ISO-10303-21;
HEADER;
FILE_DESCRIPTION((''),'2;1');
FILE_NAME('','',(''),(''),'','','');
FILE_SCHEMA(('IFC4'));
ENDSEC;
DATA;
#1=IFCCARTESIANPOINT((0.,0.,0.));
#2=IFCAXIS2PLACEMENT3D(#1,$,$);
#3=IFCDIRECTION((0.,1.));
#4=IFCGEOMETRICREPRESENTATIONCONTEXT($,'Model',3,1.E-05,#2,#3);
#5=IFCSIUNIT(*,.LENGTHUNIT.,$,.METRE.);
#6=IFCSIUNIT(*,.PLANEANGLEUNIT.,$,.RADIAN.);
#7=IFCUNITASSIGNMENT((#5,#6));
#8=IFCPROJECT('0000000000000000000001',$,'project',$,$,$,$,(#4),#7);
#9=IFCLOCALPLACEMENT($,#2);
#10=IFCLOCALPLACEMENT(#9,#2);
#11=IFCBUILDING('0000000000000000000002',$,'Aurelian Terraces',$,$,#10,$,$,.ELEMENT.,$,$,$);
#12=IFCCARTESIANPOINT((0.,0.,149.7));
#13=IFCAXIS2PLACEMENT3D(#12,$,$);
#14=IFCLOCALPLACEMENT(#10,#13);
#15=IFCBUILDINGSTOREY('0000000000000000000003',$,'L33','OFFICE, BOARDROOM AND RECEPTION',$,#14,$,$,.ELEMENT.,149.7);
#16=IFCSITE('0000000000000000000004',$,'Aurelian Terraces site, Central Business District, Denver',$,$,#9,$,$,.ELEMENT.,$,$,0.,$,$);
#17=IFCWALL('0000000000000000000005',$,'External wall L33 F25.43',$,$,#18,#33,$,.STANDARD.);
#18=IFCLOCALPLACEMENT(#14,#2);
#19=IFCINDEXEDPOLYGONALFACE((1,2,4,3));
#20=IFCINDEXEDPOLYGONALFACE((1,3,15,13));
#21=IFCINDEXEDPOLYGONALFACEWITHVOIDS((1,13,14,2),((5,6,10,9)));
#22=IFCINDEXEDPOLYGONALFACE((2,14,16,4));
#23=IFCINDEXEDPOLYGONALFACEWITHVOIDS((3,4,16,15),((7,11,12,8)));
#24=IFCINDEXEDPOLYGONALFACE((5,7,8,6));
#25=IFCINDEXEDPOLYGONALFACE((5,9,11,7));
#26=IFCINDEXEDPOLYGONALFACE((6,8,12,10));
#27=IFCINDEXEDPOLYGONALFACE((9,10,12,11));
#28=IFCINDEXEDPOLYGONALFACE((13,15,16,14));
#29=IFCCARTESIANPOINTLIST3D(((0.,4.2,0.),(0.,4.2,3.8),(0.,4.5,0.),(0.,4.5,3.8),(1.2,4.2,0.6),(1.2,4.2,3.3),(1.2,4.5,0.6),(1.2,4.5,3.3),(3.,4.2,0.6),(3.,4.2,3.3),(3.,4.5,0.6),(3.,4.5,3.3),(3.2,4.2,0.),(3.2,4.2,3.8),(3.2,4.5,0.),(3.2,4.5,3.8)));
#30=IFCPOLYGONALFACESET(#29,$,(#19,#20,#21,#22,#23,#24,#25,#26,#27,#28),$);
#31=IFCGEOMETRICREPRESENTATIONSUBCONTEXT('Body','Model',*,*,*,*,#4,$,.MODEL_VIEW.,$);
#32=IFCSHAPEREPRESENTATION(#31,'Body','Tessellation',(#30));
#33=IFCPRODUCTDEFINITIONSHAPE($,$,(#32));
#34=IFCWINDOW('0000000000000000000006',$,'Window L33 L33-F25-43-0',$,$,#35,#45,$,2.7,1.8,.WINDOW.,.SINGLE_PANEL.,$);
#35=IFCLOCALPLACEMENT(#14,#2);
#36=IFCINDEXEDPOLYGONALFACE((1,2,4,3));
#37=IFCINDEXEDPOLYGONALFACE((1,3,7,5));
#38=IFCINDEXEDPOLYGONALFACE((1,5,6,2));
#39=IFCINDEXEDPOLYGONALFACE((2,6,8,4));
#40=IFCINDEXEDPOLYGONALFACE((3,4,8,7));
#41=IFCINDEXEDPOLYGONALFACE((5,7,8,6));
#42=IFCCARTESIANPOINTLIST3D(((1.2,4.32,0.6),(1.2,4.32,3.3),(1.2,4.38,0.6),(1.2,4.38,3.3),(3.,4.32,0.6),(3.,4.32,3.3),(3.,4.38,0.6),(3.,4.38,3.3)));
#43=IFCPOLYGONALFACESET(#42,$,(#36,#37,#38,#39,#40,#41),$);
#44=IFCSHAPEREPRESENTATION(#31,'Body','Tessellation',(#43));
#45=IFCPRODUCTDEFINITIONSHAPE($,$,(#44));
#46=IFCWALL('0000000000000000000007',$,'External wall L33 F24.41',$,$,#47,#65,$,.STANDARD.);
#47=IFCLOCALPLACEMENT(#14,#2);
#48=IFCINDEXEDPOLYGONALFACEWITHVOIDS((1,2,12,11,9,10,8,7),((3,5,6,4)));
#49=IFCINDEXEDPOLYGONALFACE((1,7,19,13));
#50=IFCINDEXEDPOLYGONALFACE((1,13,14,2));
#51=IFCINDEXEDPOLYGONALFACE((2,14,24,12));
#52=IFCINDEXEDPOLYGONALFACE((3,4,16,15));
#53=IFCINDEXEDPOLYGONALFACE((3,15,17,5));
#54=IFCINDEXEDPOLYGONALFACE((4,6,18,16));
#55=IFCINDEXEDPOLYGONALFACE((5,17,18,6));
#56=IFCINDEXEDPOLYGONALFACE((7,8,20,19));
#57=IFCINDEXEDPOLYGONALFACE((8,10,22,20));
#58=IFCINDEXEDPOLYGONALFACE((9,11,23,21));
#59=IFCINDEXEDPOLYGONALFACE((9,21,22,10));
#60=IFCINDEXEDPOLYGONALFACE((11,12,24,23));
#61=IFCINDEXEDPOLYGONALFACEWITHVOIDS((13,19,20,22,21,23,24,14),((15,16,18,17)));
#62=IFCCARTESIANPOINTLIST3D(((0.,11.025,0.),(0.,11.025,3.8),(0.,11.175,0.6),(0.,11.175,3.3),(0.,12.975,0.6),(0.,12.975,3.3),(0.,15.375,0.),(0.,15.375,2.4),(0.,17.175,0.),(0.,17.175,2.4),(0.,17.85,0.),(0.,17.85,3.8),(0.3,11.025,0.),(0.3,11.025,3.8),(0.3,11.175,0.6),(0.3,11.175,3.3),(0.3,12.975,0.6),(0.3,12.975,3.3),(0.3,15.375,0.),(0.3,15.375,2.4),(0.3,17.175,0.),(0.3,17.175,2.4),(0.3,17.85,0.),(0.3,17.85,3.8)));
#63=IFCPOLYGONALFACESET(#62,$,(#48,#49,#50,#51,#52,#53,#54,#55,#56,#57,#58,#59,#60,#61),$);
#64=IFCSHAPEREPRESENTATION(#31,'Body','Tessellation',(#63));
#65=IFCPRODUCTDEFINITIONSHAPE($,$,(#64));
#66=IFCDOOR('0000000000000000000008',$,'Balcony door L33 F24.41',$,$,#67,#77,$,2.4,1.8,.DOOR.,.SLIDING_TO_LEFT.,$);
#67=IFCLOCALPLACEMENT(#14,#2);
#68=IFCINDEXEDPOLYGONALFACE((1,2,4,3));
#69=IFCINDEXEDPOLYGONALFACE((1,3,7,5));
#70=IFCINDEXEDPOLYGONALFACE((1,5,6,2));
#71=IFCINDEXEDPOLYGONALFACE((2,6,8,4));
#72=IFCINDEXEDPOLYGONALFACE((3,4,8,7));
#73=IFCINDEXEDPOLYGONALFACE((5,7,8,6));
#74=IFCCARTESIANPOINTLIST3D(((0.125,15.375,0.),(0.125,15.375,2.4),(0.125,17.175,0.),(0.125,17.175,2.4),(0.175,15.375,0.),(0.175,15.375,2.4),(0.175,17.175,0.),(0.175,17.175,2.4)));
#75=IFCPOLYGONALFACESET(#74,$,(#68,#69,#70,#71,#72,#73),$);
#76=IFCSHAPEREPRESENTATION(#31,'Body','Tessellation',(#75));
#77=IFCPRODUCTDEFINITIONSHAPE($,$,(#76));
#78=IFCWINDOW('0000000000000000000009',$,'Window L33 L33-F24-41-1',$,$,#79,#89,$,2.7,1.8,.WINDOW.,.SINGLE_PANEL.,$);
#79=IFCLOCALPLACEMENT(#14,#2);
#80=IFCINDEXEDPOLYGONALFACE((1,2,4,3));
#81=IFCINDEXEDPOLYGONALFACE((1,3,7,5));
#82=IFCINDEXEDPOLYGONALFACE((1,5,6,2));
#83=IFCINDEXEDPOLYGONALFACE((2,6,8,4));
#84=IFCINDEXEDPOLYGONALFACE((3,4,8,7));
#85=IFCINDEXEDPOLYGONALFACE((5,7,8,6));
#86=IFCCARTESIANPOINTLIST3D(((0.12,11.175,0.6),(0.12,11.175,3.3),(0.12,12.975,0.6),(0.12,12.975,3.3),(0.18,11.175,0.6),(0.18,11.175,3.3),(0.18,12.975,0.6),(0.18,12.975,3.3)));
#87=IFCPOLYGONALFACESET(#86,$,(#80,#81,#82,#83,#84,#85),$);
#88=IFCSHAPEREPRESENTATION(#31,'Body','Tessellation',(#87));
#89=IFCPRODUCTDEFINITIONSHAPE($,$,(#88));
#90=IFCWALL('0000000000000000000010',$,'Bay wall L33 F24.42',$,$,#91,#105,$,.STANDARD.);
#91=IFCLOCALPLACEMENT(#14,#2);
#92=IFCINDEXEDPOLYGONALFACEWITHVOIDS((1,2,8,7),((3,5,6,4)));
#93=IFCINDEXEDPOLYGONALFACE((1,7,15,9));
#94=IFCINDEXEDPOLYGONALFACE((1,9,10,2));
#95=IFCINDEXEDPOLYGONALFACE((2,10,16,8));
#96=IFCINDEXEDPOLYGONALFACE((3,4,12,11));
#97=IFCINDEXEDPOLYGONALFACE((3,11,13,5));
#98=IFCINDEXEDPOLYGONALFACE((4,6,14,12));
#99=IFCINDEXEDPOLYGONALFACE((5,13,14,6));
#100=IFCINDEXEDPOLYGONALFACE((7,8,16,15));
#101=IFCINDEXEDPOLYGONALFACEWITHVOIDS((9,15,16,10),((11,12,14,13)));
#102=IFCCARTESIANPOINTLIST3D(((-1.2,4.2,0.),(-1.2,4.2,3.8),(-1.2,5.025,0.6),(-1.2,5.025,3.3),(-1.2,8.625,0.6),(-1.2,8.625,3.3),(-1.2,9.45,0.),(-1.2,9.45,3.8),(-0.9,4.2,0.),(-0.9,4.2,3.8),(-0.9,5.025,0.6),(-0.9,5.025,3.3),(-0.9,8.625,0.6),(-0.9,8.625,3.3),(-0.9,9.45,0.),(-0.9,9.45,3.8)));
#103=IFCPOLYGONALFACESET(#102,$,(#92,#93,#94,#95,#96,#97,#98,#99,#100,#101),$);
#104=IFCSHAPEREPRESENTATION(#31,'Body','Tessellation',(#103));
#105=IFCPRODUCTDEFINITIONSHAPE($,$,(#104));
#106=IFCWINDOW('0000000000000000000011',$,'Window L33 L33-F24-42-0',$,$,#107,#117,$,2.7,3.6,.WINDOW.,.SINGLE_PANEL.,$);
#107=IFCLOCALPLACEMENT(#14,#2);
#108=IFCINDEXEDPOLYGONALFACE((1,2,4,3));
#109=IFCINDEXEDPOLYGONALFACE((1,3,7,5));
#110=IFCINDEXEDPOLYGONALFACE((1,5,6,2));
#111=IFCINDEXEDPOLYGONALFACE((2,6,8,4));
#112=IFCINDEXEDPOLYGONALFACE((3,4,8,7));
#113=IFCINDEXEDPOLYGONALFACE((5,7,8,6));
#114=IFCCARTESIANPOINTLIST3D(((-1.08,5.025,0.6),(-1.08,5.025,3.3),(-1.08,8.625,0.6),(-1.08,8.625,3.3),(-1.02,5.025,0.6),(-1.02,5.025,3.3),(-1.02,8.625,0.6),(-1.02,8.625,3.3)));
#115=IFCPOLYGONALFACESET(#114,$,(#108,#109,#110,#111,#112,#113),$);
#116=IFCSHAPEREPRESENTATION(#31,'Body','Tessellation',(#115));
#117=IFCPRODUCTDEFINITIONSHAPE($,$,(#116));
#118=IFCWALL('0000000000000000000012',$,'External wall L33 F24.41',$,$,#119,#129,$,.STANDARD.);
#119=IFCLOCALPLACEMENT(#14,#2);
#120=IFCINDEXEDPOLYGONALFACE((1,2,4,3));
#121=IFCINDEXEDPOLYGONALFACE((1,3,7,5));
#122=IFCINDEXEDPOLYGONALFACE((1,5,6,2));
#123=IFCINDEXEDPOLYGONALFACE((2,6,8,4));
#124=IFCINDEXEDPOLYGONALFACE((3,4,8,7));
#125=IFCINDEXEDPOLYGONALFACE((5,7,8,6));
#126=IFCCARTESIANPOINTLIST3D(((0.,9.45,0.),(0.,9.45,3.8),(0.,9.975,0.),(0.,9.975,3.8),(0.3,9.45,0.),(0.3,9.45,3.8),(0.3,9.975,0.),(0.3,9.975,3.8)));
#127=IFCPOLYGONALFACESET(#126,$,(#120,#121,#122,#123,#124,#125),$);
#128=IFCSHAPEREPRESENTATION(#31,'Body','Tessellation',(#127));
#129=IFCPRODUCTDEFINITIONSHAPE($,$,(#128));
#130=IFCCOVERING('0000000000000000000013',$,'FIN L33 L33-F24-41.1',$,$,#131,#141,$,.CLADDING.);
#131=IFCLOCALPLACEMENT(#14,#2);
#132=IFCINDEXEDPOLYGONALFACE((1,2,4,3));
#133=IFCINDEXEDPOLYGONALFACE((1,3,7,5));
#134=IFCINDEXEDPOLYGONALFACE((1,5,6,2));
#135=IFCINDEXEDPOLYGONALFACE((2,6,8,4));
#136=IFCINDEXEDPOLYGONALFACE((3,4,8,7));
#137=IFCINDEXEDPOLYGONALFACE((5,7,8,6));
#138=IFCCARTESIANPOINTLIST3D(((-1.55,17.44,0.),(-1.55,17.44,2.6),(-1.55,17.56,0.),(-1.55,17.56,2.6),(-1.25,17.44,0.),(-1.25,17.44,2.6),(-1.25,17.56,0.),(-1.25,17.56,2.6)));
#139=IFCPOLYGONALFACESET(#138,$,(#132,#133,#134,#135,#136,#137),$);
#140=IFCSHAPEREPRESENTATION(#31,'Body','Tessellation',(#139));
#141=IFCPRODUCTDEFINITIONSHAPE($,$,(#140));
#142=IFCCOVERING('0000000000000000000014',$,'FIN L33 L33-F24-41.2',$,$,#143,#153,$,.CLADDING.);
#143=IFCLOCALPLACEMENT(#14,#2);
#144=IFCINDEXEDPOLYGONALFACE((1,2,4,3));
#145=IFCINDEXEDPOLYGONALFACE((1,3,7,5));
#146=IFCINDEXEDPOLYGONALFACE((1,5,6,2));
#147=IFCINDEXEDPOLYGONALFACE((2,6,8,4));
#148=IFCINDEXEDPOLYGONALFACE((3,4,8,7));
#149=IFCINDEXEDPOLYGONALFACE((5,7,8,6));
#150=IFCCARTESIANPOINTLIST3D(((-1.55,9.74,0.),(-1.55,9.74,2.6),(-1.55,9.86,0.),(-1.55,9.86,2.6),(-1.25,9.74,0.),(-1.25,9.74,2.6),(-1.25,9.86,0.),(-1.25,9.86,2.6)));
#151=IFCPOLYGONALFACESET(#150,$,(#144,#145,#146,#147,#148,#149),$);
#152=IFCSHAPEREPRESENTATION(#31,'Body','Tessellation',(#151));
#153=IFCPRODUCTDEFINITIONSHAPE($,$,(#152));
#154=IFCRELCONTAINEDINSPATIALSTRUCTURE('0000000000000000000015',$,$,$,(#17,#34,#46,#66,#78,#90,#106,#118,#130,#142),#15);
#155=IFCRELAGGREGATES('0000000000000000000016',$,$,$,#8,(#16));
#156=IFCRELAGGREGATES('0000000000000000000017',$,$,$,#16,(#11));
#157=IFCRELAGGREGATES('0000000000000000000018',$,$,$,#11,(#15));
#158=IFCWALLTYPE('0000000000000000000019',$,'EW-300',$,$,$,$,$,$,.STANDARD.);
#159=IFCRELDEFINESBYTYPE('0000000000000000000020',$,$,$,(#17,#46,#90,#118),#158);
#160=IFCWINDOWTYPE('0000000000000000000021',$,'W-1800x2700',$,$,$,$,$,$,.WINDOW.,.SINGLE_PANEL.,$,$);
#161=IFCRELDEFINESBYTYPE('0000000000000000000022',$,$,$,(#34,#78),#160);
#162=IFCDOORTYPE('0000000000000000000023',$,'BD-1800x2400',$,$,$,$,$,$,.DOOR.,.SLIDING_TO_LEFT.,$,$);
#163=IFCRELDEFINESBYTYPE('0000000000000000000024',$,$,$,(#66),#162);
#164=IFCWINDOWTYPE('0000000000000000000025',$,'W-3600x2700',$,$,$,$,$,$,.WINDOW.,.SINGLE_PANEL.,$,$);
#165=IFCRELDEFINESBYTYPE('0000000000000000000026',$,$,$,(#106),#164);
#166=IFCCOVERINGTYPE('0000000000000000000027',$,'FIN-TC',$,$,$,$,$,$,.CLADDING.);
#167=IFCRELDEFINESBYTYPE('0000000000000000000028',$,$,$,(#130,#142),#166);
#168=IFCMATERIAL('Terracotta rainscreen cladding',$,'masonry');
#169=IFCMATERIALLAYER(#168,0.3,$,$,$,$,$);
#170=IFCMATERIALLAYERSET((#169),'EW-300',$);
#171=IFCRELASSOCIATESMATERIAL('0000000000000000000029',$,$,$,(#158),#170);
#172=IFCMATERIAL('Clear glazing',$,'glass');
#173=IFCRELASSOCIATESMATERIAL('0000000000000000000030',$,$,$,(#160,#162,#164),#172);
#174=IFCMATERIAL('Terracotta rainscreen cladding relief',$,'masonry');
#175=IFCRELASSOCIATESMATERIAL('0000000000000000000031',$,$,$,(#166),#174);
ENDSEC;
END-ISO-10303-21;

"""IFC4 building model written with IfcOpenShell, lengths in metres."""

from ifc_helpers import new_model, si_unit, direction, frame, frame_2d, origin, origin_2d, place, context, subcontext, project, spatial, rectangle, extrude, source, transform, mapped, material, layer, layer_set, type_object, element, fill, save


model = new_model("IFC4")

# Units and contexts
model_context = context("Model", 3, precision=1e-05, world=origin(), true_north=direction((0.0, 1.0)))
body_context = subcontext(model_context, "Body", "Model", "MODEL_VIEW")
ifc_project = project(units=[si_unit("LENGTHUNIT", "METRE"), si_unit("PLANEANGLEUNIT", "RADIAN")], contexts=[model_context])

# Site, building, storey
site_placement = place(None, origin())
site = spatial("IfcSite", under=ifc_project, at=site_placement, Name="Aurelian Terraces site, Central Business District, Denver", CompositionType="ELEMENT", RefElevation=0.0)
building_placement = place(site_placement, origin())
building = spatial("IfcBuilding", under=site, at=building_placement, Name="Aurelian Terraces", CompositionType="ELEMENT")
storey_placement = place(building_placement, frame((0.0, 0.0, 149.7)))
storey = spatial("IfcBuildingStorey", under=building, at=storey_placement, Name="L33", Description="OFFICE, BOARDROOM AND RECEPTION", CompositionType="ELEMENT", Elevation=149.7)

# Shared definitions
ifc_material_1 = material(Name="Terracotta rainscreen cladding", Category="masonry")
ifc_layer_1 = layer(ifc_material_1, 0.3)
ifc_layer_set_1 = layer_set([ifc_layer_1], Name="EW-300")
wall_type_1 = type_object("IfcWallType", Name="EW-300", PredefinedType="STANDARD", material=ifc_layer_set_1)
shared_shape_1 = source(origin(), body_context, "Body", "SweptSolid", [
    extrude(rectangle(XDim=1.8, YDim=2.7, at=frame_2d((0.9, 1.35))), frame((0.0, 0.16, 0.0), z_axis=(0.0, -1.0, 0.0), x_axis=(1.0, 0.0, 0.0)), (0.0, 0.0, 1.0), 0.32),
])
ifc_material_2 = material(Name="Clear glazing", Category="glass")
window_type_1 = type_object("IfcWindowType", Name="W-1800x2700", PartitioningType="SINGLE_PANEL", PredefinedType="WINDOW", material=ifc_material_2)
shared_shape_2 = source(origin(), body_context, "Body", "SweptSolid", [
    extrude(rectangle(XDim=1.8, YDim=2.7, at=frame_2d((0.9, 1.35))), frame((0.0, 0.03, 0.0), z_axis=(0.0, -1.0, 0.0), x_axis=(1.0, 0.0, 0.0)), (0.0, 0.0, 1.0), 0.06),
])

# Wall, opening, window
shared_shape_3 = source(origin(), body_context, "Body", "SweptSolid", [
    extrude(rectangle(XDim=3.2, YDim=0.3, at=frame_2d((1.6, 0.0))), origin(), (0.0, 0.0, 1.0), 3.8),
])
wall_1_placement = place(storey_placement, frame((0.0, 4.35, 0.0), z_axis=(0.0, 0.0, 1.0), x_axis=(1.0, 0.0, 0.0)))
wall_1 = element("IfcWall", 1, at=wall_1_placement, inside=storey, type_object=wall_type_1, Name="External wall L33 F25.43", PredefinedType="STANDARD", context=body_context, shape_type="MappedRepresentation", body=[
    mapped(shared_shape_3, transform((0.0, 0.0, 0.0), scale=1.0)),
])
opening_1_placement = place(wall_1_placement, frame((1.2, 0.0, 0.6)))
opening_1 = element("IfcOpeningElement", 2, at=opening_1_placement, cuts=wall_1, PredefinedType="OPENING", context=body_context, shape_type="MappedRepresentation", body=[
    mapped(shared_shape_1, transform((0.0, 0.0, 0.0), scale=1.0)),
])
window_1_placement = place(opening_1_placement, origin())
window_1 = element("IfcWindow", 3, at=window_1_placement, inside=storey, type_object=window_type_1, Name="Window L33 L33-F25-43-0", OverallHeight=2.7, OverallWidth=1.8, PartitioningType="SINGLE_PANEL", PredefinedType="WINDOW", context=body_context, shape_type="MappedRepresentation", body=[
    mapped(shared_shape_2, transform((0.0, 0.0, 0.0), scale=1.0)),
])
fill(opening_1, window_1)

# Wall, openings, door, window
shared_shape_4 = source(origin(), body_context, "Body", "SweptSolid", [
    extrude(rectangle(XDim=6.825, YDim=0.3, at=frame_2d((3.4125, 0.0))), origin(), (0.0, 0.0, 1.0), 3.8),
])
wall_2_placement = place(storey_placement, frame((0.15, 17.85, 0.0), z_axis=(0.0, 0.0, 1.0), x_axis=(0.0, -1.0, 0.0)))
wall_2 = element("IfcWall", 4, at=wall_2_placement, inside=storey, type_object=wall_type_1, Name="External wall L33 F24.41", PredefinedType="STANDARD", context=body_context, shape_type="MappedRepresentation", body=[
    mapped(shared_shape_4, transform((0.0, 0.0, 0.0), scale=1.0)),
])
shared_shape_5 = source(origin(), body_context, "Body", "SweptSolid", [
    extrude(rectangle(XDim=1.8, YDim=2.4, at=frame_2d((0.9, 1.2))), frame((0.0, 0.16, 0.0), z_axis=(0.0, -1.0, 0.0), x_axis=(1.0, 0.0, 0.0)), (0.0, 0.0, 1.0), 0.32),
])
opening_2_placement = place(wall_2_placement, frame((0.675, 0.0, 0.0)))
opening_2 = element("IfcOpeningElement", 5, at=opening_2_placement, cuts=wall_2, PredefinedType="OPENING", context=body_context, shape_type="MappedRepresentation", body=[
    mapped(shared_shape_5, transform((0.0, 0.0, 0.0), scale=1.0)),
])
opening_3_placement = place(wall_2_placement, frame((4.875, 0.0, 0.6)))
opening_3 = element("IfcOpeningElement", 6, at=opening_3_placement, cuts=wall_2, PredefinedType="OPENING", context=body_context, shape_type="MappedRepresentation", body=[
    mapped(shared_shape_1, transform((0.0, 0.0, 0.0), scale=1.0)),
])
door_type_1 = type_object("IfcDoorType", Name="BD-1800x2400", OperationType="SLIDING_TO_LEFT", PredefinedType="DOOR", material=ifc_material_2)
shared_shape_6 = source(origin(), body_context, "Body", "SweptSolid", [
    extrude(rectangle(XDim=1.8, YDim=2.4, at=frame_2d((0.9, 1.2))), frame((0.0, 0.025, 0.0), z_axis=(0.0, -1.0, 0.0), x_axis=(1.0, 0.0, 0.0)), (0.0, 0.0, 1.0), 0.05),
])
door_1_placement = place(opening_2_placement, origin())
door_1 = element("IfcDoor", 7, at=door_1_placement, inside=storey, type_object=door_type_1, Name="Balcony door L33 F24.41", OperationType="SLIDING_TO_LEFT", OverallHeight=2.4, OverallWidth=1.8, PredefinedType="DOOR", context=body_context, shape_type="MappedRepresentation", body=[
    mapped(shared_shape_6, transform((0.0, 0.0, 0.0), scale=1.0)),
])
fill(opening_2, door_1)
window_2_placement = place(opening_3_placement, origin())
window_2 = element("IfcWindow", 8, at=window_2_placement, inside=storey, type_object=window_type_1, Name="Window L33 L33-F24-41-1", OverallHeight=2.7, OverallWidth=1.8, PartitioningType="SINGLE_PANEL", PredefinedType="WINDOW", context=body_context, shape_type="MappedRepresentation", body=[
    mapped(shared_shape_2, transform((0.0, 0.0, 0.0), scale=1.0)),
])
fill(opening_3, window_2)

# Wall, opening, window
shared_shape_7 = source(origin(), body_context, "Body", "SweptSolid", [
    extrude(rectangle(XDim=5.25, YDim=0.3, at=frame_2d((2.625, 0.0))), origin(), (0.0, 0.0, 1.0), 3.8),
])
wall_3_placement = place(storey_placement, frame((-1.05, 9.45, 0.0), z_axis=(0.0, 0.0, 1.0), x_axis=(0.0, -1.0, 0.0)))
wall_3 = element("IfcWall", 9, at=wall_3_placement, inside=storey, type_object=wall_type_1, Name="Bay wall L33 F24.42", PredefinedType="STANDARD", context=body_context, shape_type="MappedRepresentation", body=[
    mapped(shared_shape_7, transform((0.0, 0.0, 0.0), scale=1.0)),
])
shared_shape_8 = source(origin(), body_context, "Body", "SweptSolid", [
    extrude(rectangle(XDim=3.6, YDim=2.7, at=frame_2d((1.8, 1.35))), frame((0.0, 0.16, 0.0), z_axis=(0.0, -1.0, 0.0), x_axis=(1.0, 0.0, 0.0)), (0.0, 0.0, 1.0), 0.32),
])
opening_4_placement = place(wall_3_placement, frame((0.825, 0.0, 0.6)))
opening_4 = element("IfcOpeningElement", 10, at=opening_4_placement, cuts=wall_3, PredefinedType="OPENING", context=body_context, shape_type="MappedRepresentation", body=[
    mapped(shared_shape_8, transform((0.0, 0.0, 0.0), scale=1.0)),
])
window_type_2 = type_object("IfcWindowType", Name="W-3600x2700", PartitioningType="SINGLE_PANEL", PredefinedType="WINDOW", material=ifc_material_2)
shared_shape_9 = source(origin(), body_context, "Body", "SweptSolid", [
    extrude(rectangle(XDim=3.6, YDim=2.7, at=frame_2d((1.8, 1.35))), frame((0.0, 0.03, 0.0), z_axis=(0.0, -1.0, 0.0), x_axis=(1.0, 0.0, 0.0)), (0.0, 0.0, 1.0), 0.06),
])
window_3_placement = place(opening_4_placement, origin())
window_3 = element("IfcWindow", 11, at=window_3_placement, inside=storey, type_object=window_type_2, Name="Window L33 L33-F24-42-0", OverallHeight=2.7, OverallWidth=3.6, PartitioningType="SINGLE_PANEL", PredefinedType="WINDOW", context=body_context, shape_type="MappedRepresentation", body=[
    mapped(shared_shape_9, transform((0.0, 0.0, 0.0), scale=1.0)),
])
fill(opening_4, window_3)

# Wall
shared_shape_10 = source(origin(), body_context, "Body", "SweptSolid", [
    extrude(rectangle(XDim=0.525, YDim=0.3, at=frame_2d((0.2625, 0.0))), origin(), (0.0, 0.0, 1.0), 3.8),
])
wall_4_placement = place(storey_placement, frame((0.15, 9.975, 0.0), z_axis=(0.0, 0.0, 1.0), x_axis=(0.0, -1.0, 0.0)))
element("IfcWall", 12, at=wall_4_placement, inside=storey, type_object=wall_type_1, Name="External wall L33 F24.41", PredefinedType="STANDARD", context=body_context, shape_type="MappedRepresentation", body=[
    mapped(shared_shape_10, transform((0.0, 0.0, 0.0), scale=1.0)),
])

# Coverings
ifc_material_3 = material(Name="Terracotta rainscreen cladding relief", Category="masonry")
covering_type_1 = type_object("IfcCoveringType", Name="FIN-TC", PredefinedType="CLADDING", material=ifc_material_3)
shared_shape_11 = source(origin(), body_context, "Body", "SweptSolid", [
    extrude(rectangle(XDim=0.3, YDim=0.12, at=origin_2d()), origin(), (0.0, 0.0, 1.0), 2.6),
])
for number, where, z_axis, x_axis, name in (
    (13, (-1.4, 17.5, 0.0), (0.0, 0.0, 1.0), (1.0, 0.0, 0.0), "FIN L33 L33-F24-41.1"),
    (14, (-1.4, 9.8, 0.0), (0.0, 0.0, 1.0), (1.0, 0.0, 0.0), "FIN L33 L33-F24-41.2"),
):
    element("IfcCovering", number, at=place(storey_placement, frame(where, z_axis=z_axis, x_axis=x_axis)), inside=storey, type_object=covering_type_1, Name=name, PredefinedType="CLADDING", context=body_context, shape_type="MappedRepresentation", body=[
        mapped(shared_shape_11, transform((0.0, 0.0, 0.0), scale=1.0)),
    ])

save(model, "model.ifc")
